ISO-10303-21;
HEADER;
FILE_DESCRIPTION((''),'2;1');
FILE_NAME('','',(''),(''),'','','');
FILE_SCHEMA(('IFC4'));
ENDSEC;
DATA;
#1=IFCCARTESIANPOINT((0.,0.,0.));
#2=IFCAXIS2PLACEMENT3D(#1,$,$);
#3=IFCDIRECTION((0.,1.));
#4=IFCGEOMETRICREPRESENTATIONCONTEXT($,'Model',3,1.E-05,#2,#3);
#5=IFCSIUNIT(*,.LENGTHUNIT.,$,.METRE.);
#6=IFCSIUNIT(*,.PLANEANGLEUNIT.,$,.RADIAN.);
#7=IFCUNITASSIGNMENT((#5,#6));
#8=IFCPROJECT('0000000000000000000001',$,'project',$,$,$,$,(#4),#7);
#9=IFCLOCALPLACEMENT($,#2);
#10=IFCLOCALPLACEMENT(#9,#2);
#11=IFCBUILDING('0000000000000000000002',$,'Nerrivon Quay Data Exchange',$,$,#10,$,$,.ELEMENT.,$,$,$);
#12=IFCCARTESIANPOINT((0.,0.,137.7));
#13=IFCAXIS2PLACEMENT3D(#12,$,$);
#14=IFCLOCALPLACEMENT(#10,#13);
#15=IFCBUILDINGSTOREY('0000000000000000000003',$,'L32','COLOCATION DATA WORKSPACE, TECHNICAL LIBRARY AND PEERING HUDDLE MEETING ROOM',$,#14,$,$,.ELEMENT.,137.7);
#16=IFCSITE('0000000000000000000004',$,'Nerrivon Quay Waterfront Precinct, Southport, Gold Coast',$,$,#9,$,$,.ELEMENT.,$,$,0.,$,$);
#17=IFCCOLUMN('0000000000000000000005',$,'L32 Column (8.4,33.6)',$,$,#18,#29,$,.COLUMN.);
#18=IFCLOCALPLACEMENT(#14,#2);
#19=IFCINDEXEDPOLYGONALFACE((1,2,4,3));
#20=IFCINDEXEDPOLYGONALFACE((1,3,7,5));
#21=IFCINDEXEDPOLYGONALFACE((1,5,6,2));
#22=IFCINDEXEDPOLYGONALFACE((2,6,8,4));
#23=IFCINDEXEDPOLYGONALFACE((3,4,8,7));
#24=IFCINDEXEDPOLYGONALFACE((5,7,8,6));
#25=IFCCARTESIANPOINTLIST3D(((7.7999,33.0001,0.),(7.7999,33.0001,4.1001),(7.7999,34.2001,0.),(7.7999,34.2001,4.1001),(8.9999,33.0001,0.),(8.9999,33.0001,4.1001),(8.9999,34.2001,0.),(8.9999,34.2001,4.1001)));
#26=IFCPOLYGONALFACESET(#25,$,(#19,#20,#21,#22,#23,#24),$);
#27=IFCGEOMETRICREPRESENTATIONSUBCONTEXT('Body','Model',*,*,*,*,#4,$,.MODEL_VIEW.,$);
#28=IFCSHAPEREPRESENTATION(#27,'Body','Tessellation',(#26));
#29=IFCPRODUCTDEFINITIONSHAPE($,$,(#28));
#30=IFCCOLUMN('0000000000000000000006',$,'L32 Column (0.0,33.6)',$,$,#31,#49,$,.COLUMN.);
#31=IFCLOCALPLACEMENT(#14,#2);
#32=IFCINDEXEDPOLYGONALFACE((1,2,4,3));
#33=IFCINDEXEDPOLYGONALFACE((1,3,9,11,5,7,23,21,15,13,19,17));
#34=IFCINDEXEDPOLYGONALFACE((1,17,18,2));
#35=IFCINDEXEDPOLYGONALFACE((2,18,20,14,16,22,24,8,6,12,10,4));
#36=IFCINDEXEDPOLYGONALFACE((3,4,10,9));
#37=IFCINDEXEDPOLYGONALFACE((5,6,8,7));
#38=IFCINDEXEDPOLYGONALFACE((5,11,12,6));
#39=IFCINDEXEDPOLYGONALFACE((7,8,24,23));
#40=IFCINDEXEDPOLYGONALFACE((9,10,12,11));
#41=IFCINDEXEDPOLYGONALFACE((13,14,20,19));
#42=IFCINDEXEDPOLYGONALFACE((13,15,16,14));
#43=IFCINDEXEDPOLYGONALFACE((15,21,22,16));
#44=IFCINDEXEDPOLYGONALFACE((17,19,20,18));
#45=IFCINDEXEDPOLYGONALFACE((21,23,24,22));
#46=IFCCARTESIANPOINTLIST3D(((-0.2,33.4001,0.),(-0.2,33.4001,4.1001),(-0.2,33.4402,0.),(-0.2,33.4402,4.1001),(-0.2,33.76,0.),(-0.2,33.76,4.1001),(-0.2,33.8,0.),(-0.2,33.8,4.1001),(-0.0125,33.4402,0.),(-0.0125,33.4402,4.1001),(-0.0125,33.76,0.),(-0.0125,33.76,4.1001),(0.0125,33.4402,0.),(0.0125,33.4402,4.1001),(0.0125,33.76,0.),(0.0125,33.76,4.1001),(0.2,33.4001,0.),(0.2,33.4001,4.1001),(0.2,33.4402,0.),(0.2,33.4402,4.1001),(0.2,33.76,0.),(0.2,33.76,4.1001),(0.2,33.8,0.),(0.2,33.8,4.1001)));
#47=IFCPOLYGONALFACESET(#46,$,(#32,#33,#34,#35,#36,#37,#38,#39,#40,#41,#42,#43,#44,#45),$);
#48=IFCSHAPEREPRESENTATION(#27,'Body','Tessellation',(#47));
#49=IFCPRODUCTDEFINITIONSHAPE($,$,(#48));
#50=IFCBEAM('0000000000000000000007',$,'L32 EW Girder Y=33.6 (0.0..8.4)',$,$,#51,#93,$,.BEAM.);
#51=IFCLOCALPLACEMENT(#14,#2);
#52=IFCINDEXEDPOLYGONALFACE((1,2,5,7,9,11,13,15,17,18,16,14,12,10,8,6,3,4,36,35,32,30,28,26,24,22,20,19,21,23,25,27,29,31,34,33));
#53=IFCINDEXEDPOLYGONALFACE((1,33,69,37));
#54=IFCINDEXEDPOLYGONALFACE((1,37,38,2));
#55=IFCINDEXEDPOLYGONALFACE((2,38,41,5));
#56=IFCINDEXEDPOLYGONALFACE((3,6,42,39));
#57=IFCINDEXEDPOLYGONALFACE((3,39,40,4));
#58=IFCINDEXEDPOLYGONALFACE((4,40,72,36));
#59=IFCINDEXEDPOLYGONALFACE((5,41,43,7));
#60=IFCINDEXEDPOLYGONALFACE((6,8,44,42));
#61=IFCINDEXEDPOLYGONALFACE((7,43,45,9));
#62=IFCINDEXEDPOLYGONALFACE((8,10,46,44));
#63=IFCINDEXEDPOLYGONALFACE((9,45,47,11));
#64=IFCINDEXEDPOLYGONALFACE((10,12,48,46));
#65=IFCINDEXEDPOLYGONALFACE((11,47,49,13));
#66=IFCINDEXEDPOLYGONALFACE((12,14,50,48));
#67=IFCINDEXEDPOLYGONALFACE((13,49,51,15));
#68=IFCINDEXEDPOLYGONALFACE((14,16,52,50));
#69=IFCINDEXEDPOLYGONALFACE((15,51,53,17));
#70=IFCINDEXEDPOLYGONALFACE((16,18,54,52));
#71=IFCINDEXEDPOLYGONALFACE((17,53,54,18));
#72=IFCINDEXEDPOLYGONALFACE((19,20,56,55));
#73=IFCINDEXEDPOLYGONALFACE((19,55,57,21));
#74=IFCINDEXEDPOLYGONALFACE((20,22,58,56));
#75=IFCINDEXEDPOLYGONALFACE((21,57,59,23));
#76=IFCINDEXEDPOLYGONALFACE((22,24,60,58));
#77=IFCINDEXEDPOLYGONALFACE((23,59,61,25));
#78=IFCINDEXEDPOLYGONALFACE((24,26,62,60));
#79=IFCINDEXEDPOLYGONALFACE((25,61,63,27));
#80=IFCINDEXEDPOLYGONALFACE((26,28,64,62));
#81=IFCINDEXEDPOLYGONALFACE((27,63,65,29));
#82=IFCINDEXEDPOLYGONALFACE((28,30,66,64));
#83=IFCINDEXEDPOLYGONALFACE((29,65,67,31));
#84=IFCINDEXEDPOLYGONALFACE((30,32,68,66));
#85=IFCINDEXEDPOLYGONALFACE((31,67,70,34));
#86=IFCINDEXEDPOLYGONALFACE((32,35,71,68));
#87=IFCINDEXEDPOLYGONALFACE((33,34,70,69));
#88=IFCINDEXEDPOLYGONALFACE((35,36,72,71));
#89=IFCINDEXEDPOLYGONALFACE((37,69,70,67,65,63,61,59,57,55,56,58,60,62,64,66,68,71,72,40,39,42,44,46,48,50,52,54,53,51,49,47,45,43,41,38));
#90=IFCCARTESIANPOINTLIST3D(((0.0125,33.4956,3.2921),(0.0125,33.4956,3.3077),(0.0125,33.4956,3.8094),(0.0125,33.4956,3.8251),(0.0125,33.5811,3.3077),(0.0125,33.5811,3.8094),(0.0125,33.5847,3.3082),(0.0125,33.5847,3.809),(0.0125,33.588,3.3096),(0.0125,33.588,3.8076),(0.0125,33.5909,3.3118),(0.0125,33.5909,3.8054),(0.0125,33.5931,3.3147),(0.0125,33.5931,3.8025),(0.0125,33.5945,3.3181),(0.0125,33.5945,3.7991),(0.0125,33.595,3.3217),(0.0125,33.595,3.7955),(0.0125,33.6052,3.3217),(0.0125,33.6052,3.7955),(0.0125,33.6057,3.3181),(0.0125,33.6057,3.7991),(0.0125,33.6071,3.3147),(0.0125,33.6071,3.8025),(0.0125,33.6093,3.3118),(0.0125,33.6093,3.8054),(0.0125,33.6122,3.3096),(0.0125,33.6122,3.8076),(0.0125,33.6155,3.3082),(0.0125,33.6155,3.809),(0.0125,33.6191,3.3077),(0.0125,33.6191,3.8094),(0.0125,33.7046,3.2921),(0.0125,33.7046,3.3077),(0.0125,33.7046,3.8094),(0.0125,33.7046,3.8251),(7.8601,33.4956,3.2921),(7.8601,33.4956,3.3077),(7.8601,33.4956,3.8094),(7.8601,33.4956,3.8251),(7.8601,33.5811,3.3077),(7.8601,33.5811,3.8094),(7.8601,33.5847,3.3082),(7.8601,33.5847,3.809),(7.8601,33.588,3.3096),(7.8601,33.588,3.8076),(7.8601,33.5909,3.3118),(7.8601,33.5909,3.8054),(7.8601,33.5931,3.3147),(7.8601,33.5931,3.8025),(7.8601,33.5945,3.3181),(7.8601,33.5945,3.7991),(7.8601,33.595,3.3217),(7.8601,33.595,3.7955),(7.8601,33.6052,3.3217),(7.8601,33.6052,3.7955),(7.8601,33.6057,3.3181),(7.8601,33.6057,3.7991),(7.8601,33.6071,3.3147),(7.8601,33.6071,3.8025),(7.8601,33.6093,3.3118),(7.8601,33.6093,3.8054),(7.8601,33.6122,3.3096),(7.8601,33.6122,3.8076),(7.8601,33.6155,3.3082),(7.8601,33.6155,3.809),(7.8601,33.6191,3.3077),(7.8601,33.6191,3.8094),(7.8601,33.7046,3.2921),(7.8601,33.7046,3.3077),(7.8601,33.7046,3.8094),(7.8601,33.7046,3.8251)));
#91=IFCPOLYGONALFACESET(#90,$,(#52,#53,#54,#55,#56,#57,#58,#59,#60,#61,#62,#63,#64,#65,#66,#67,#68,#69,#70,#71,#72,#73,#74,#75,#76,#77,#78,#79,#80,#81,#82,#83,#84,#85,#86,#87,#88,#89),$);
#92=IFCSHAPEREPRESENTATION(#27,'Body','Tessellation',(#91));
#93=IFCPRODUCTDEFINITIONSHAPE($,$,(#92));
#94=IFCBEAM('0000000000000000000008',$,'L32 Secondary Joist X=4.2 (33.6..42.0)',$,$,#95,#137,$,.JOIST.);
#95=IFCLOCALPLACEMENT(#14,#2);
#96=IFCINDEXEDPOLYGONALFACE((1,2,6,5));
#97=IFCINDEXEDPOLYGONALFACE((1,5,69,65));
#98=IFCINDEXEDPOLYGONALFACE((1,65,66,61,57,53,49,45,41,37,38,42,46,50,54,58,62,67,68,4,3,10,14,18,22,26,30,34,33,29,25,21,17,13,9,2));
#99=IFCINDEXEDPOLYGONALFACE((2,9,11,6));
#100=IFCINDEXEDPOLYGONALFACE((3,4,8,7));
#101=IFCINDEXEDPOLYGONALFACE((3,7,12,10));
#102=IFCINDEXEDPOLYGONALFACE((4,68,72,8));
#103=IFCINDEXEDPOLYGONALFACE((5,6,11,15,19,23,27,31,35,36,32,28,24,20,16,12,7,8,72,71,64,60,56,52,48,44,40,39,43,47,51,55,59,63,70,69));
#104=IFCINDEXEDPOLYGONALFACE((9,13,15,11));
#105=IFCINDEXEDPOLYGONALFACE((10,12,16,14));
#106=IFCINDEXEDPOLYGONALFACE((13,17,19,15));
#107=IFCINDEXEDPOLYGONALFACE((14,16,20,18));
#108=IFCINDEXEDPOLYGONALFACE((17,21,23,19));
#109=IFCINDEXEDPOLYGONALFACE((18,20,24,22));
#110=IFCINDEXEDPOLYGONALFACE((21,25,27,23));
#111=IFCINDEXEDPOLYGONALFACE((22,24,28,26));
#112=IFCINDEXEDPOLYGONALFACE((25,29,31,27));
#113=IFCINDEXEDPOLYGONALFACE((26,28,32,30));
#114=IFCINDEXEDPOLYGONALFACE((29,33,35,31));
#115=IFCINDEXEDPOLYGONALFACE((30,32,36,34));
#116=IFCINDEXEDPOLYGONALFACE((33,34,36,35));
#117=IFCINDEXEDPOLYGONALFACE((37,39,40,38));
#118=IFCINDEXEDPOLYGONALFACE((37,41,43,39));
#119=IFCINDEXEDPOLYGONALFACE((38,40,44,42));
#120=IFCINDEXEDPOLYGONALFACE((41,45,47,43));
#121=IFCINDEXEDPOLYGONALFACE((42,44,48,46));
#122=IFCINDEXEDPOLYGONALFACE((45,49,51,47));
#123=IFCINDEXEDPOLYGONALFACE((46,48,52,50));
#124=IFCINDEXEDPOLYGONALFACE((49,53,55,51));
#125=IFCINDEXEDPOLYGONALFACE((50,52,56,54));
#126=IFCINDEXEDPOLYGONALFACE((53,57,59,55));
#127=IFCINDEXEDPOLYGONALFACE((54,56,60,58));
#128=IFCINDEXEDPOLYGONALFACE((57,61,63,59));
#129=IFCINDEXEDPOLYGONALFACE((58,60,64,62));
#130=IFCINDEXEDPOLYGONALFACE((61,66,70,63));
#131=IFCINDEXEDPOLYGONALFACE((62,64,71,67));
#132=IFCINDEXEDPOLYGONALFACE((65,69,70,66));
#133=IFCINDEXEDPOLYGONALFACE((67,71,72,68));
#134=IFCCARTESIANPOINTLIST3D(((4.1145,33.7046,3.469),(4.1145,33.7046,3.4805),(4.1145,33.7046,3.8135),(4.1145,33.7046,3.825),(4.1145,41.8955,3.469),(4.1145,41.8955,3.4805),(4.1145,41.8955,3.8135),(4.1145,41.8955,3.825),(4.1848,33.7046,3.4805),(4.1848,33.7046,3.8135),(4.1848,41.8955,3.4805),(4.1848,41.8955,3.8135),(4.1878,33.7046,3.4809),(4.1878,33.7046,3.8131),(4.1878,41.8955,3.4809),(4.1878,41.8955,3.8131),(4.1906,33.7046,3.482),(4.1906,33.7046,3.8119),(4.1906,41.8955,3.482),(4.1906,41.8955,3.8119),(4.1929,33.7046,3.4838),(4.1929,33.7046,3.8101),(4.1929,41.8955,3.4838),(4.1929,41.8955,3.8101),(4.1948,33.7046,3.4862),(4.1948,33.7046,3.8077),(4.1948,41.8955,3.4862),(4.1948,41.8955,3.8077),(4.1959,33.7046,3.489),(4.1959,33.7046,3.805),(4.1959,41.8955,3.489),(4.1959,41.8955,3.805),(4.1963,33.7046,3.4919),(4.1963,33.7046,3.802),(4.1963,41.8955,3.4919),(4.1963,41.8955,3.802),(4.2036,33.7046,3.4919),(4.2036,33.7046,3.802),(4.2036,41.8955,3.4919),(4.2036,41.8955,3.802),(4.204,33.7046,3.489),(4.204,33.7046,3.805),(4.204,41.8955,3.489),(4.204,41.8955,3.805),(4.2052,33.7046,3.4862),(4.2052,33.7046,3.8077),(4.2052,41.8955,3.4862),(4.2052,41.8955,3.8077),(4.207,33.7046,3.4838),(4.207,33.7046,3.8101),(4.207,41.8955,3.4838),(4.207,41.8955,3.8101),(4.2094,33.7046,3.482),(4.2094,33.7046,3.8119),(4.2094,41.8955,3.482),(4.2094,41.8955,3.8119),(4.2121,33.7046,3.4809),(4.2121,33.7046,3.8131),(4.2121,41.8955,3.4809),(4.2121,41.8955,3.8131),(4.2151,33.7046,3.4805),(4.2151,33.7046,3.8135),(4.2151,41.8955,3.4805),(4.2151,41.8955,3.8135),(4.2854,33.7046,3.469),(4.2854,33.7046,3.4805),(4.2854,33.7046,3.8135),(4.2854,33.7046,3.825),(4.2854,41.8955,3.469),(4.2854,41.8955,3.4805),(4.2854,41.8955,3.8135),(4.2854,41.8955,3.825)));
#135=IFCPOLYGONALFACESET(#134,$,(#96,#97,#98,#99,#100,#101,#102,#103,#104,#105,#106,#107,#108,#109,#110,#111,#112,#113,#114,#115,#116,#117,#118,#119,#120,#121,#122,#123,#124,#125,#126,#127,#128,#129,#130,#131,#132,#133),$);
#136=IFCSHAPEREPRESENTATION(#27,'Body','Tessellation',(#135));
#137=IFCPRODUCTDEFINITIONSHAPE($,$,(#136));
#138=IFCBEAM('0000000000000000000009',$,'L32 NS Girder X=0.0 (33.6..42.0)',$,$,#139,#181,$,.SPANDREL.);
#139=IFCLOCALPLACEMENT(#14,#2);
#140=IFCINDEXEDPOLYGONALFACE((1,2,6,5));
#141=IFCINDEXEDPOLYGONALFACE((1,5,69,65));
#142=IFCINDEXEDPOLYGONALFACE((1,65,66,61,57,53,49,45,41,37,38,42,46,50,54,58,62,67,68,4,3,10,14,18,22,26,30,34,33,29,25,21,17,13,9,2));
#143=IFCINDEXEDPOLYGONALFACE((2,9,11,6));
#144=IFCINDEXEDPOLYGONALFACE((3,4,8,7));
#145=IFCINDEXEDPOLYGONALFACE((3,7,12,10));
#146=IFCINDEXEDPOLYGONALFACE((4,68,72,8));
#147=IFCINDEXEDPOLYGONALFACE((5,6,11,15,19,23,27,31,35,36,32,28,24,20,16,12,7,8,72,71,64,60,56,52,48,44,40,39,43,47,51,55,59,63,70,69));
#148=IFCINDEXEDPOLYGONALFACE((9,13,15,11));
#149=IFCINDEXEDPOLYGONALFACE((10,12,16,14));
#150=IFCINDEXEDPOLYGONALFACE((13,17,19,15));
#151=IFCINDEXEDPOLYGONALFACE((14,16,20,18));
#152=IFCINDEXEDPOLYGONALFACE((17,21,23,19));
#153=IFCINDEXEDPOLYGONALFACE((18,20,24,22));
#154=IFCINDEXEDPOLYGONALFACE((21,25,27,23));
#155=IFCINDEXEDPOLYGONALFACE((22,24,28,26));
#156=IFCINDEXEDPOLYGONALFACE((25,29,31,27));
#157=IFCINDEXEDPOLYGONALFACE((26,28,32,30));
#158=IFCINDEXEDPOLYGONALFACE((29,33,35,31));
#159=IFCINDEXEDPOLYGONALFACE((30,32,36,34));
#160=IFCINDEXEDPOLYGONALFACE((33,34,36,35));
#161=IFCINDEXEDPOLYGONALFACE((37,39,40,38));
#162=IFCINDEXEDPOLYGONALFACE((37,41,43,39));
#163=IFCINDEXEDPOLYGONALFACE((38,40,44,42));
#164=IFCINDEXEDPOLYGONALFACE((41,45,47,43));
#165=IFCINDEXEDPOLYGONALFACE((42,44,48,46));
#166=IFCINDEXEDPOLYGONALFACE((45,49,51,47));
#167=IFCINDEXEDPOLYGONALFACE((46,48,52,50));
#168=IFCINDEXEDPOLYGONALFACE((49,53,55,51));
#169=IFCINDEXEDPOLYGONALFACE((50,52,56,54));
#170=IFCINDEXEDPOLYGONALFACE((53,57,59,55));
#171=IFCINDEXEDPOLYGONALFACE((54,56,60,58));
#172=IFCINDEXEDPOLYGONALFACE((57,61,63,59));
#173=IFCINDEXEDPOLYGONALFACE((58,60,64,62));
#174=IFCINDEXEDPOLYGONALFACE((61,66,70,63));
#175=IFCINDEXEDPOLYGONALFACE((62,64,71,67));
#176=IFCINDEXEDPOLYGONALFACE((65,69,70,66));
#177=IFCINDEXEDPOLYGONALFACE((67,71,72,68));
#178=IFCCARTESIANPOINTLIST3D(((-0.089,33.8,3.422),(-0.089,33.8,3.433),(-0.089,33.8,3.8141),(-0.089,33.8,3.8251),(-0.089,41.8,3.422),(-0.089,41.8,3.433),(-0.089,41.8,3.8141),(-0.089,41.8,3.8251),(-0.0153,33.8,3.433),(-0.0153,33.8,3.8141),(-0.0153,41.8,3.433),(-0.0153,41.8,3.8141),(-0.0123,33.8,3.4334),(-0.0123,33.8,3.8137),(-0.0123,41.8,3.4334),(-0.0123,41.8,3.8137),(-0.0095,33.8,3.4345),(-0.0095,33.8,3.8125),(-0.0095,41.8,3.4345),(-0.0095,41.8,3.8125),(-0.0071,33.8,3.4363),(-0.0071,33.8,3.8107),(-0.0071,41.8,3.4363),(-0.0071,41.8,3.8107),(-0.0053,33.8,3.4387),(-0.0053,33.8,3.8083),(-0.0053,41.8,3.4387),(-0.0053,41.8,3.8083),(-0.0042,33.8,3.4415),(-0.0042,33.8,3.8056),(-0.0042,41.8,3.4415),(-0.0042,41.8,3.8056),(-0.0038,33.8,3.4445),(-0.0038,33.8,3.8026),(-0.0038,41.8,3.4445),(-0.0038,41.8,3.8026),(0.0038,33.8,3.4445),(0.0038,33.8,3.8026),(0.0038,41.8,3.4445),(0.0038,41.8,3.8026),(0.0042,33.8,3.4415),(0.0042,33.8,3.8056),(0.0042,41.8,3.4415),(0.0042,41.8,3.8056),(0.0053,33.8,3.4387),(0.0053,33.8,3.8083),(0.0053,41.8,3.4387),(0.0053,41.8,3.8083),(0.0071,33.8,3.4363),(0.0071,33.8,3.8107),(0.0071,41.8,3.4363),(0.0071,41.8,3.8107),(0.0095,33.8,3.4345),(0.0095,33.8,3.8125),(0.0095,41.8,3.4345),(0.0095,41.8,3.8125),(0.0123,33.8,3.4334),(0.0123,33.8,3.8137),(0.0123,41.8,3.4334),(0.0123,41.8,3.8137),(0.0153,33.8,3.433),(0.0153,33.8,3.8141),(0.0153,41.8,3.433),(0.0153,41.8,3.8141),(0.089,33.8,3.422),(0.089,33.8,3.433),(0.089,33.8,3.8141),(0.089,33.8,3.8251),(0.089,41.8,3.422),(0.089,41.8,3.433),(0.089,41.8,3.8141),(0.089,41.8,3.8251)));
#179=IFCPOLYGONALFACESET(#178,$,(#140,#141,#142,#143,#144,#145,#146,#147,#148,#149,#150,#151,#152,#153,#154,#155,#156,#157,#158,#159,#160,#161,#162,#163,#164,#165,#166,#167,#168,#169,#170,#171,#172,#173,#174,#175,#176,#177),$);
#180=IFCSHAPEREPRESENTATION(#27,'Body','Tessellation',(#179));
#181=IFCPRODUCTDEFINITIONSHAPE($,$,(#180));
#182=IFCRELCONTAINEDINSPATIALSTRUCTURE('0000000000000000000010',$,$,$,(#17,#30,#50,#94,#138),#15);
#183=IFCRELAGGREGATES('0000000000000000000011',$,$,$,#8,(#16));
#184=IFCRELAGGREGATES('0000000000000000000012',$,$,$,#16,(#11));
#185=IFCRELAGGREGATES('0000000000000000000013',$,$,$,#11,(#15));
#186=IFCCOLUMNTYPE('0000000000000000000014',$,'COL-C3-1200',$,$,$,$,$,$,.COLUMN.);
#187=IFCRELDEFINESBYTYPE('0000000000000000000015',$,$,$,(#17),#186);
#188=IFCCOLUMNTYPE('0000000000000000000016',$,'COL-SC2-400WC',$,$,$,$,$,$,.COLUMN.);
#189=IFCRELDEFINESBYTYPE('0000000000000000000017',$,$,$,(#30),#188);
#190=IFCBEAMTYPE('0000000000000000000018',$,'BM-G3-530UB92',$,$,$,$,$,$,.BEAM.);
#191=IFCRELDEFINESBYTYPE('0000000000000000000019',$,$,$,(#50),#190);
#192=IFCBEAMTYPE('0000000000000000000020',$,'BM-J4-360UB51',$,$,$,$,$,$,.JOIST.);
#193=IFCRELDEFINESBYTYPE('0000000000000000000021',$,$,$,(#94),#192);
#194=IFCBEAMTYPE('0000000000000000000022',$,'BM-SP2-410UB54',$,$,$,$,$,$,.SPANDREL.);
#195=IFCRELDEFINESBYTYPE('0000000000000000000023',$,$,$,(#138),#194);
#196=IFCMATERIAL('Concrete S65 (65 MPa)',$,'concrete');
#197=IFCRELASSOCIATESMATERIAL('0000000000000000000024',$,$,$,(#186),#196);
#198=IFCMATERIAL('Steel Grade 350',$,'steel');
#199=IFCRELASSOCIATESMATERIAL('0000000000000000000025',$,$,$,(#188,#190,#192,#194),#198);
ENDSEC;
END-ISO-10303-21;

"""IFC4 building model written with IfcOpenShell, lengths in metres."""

from ifc_helpers import new_model, si_unit, direction, frame, origin, origin_2d, place, context, subcontext, project, spatial, rectangle, i_section, extrude, material, material_profile, profile_set, type_object, element, save


model = new_model("IFC4")

# Units and contexts
model_context = context("Model", 3, precision=1e-05, world=origin(), true_north=direction((0.0, 1.0)))
body_context = subcontext(model_context, "Body", "Model", "MODEL_VIEW")
ifc_project = project(units=[si_unit("LENGTHUNIT", "METRE"), si_unit("PLANEANGLEUNIT", "RADIAN")], contexts=[model_context])

# Site, building, storey
site_placement = place(None, origin())
site = spatial("IfcSite", under=ifc_project, at=site_placement, Name="Nerrivon Quay Waterfront Precinct, Southport, Gold Coast", CompositionType="ELEMENT", RefElevation=0.0)
building_placement = place(site_placement, origin())
building = spatial("IfcBuilding", under=site, at=building_placement, Name="Nerrivon Quay Data Exchange", CompositionType="ELEMENT")
storey_placement = place(building_placement, frame((0.0, 0.0, 137.7)))
storey = spatial("IfcBuildingStorey", under=building, at=storey_placement, Name="L32", Description="COLOCATION DATA WORKSPACE, TECHNICAL LIBRARY AND PEERING HUDDLE MEETING ROOM", CompositionType="ELEMENT", Elevation=137.7)

# Columns
ifc_material_1 = material(Name="Concrete S65 (65 MPa)", Category="concrete")
ifc_material_profile_1 = material_profile(ifc_material_1, rectangle(XDim=1.2, YDim=1.2, at=origin_2d()), Name="RC-COL-1200x1200")
ifc_profile_set_1 = profile_set([ifc_material_profile_1], Name="Concrete S65 (65 MPa)")
column_type_1 = type_object("IfcColumnType", Name="COL-C3-1200", PredefinedType="COLUMN", material=ifc_profile_set_1)
column_1_placement = place(storey_placement, frame((8.3999, 33.6001, 0.0), z_axis=(0.0, 0.0, 1.0), x_axis=(1.0, 0.0, 0.0)))
element("IfcColumn", 1, at=column_1_placement, inside=storey, type_object=column_type_1, Name="L32 Column (8.4,33.6)", PredefinedType="COLUMN", context=body_context, shape_type="SweptSolid", body=[
    extrude(rectangle(XDim=1.2, YDim=1.2, at=origin_2d()), origin(), (0.0, 0.0, 1.0), 4.1001),
])
ifc_material_2 = material(Name="Steel Grade 350", Category="steel")
ifc_material_profile_2 = material_profile(ifc_material_2, i_section(OverallWidth=0.3999, OverallDepth=0.3999, WebThickness=0.0249, FlangeThickness=0.04, at=origin_2d()), Name="400WC328")
ifc_profile_set_2 = profile_set([ifc_material_profile_2], Name="Steel Grade 350")
column_type_2 = type_object("IfcColumnType", Name="COL-SC2-400WC", PredefinedType="COLUMN", material=ifc_profile_set_2)
column_2_placement = place(storey_placement, frame((0.0, 33.6001, 0.0), z_axis=(0.0, 0.0, 1.0), x_axis=(1.0, 0.0, 0.0)))
element("IfcColumn", 2, at=column_2_placement, inside=storey, type_object=column_type_2, Name="L32 Column (0.0,33.6)", PredefinedType="COLUMN", context=body_context, shape_type="SweptSolid", body=[
    extrude(i_section(OverallWidth=0.3999, OverallDepth=0.3999, WebThickness=0.0249, FlangeThickness=0.04, at=origin_2d()), origin(), (0.0, 0.0, 1.0), 4.1001),
])

# Beams
ifc_material_profile_3 = material_profile(ifc_material_2, i_section(OverallWidth=0.209, OverallDepth=0.533, WebThickness=0.0103, FlangeThickness=0.0156, FilletRadius=0.0139, at=origin_2d()), Name="530UB92.4")
ifc_profile_set_3 = profile_set([ifc_material_profile_3], Name="Steel Grade 350")
beam_type_1 = type_object("IfcBeamType", Name="BM-G3-530UB92", PredefinedType="BEAM", material=ifc_profile_set_3)
beam_1_placement = place(storey_placement, frame((0.0125, 33.6001, 3.5586), z_axis=(1.0, 0.0, 0.0), x_axis=(0.0, 1.0, 0.0)))
element("IfcBeam", 3, at=beam_1_placement, inside=storey, type_object=beam_type_1, Name="L32 EW Girder Y=33.6 (0.0..8.4)", PredefinedType="BEAM", context=body_context, shape_type="SweptSolid", body=[
    extrude(i_section(OverallWidth=0.209, OverallDepth=0.533, WebThickness=0.0103, FlangeThickness=0.0156, FilletRadius=0.0139, at=origin_2d()), origin(), (0.0, 0.0, 1.0), 7.8477),
])
ifc_material_profile_4 = material_profile(ifc_material_2, i_section(OverallWidth=0.1709, OverallDepth=0.356, WebThickness=0.0073, FlangeThickness=0.0115, FilletRadius=0.0115, at=origin_2d()), Name="360UB50.7")
ifc_profile_set_4 = profile_set([ifc_material_profile_4], Name="Steel Grade 350")
beam_type_2 = type_object("IfcBeamType", Name="BM-J4-360UB51", PredefinedType="JOIST", material=ifc_profile_set_4)
beam_2_placement = place(storey_placement, frame((4.2, 33.7046, 3.647), z_axis=(0.0, 1.0, 0.0), x_axis=(-1.0, 0.0, 0.0)))
element("IfcBeam", 4, at=beam_2_placement, inside=storey, type_object=beam_type_2, Name="L32 Secondary Joist X=4.2 (33.6..42.0)", PredefinedType="JOIST", context=body_context, shape_type="SweptSolid", body=[
    extrude(i_section(OverallWidth=0.1709, OverallDepth=0.356, WebThickness=0.0073, FlangeThickness=0.0115, FilletRadius=0.0115, at=origin_2d()), origin(), (0.0, 0.0, 1.0), 8.1909),
])
ifc_material_profile_5 = material_profile(ifc_material_2, i_section(OverallWidth=0.178, OverallDepth=0.4031, WebThickness=0.0076, FlangeThickness=0.011, FilletRadius=0.0115, at=origin_2d()), Name="410UB53.7")
ifc_profile_set_5 = profile_set([ifc_material_profile_5], Name="Steel Grade 350")
beam_type_3 = type_object("IfcBeamType", Name="BM-SP2-410UB54", PredefinedType="SPANDREL", material=ifc_profile_set_5)
beam_3_placement = place(storey_placement, frame((0.0, 33.8, 3.6235), z_axis=(0.0, 1.0, 0.0), x_axis=(-1.0, 0.0, 0.0)))
element("IfcBeam", 5, at=beam_3_placement, inside=storey, type_object=beam_type_3, Name="L32 NS Girder X=0.0 (33.6..42.0)", PredefinedType="SPANDREL", context=body_context, shape_type="SweptSolid", body=[
    extrude(i_section(OverallWidth=0.178, OverallDepth=0.4031, WebThickness=0.0076, FlangeThickness=0.011, FilletRadius=0.0115, at=origin_2d()), origin(), (0.0, 0.0, 1.0), 8.0),
])

save(model, "model.ifc")
